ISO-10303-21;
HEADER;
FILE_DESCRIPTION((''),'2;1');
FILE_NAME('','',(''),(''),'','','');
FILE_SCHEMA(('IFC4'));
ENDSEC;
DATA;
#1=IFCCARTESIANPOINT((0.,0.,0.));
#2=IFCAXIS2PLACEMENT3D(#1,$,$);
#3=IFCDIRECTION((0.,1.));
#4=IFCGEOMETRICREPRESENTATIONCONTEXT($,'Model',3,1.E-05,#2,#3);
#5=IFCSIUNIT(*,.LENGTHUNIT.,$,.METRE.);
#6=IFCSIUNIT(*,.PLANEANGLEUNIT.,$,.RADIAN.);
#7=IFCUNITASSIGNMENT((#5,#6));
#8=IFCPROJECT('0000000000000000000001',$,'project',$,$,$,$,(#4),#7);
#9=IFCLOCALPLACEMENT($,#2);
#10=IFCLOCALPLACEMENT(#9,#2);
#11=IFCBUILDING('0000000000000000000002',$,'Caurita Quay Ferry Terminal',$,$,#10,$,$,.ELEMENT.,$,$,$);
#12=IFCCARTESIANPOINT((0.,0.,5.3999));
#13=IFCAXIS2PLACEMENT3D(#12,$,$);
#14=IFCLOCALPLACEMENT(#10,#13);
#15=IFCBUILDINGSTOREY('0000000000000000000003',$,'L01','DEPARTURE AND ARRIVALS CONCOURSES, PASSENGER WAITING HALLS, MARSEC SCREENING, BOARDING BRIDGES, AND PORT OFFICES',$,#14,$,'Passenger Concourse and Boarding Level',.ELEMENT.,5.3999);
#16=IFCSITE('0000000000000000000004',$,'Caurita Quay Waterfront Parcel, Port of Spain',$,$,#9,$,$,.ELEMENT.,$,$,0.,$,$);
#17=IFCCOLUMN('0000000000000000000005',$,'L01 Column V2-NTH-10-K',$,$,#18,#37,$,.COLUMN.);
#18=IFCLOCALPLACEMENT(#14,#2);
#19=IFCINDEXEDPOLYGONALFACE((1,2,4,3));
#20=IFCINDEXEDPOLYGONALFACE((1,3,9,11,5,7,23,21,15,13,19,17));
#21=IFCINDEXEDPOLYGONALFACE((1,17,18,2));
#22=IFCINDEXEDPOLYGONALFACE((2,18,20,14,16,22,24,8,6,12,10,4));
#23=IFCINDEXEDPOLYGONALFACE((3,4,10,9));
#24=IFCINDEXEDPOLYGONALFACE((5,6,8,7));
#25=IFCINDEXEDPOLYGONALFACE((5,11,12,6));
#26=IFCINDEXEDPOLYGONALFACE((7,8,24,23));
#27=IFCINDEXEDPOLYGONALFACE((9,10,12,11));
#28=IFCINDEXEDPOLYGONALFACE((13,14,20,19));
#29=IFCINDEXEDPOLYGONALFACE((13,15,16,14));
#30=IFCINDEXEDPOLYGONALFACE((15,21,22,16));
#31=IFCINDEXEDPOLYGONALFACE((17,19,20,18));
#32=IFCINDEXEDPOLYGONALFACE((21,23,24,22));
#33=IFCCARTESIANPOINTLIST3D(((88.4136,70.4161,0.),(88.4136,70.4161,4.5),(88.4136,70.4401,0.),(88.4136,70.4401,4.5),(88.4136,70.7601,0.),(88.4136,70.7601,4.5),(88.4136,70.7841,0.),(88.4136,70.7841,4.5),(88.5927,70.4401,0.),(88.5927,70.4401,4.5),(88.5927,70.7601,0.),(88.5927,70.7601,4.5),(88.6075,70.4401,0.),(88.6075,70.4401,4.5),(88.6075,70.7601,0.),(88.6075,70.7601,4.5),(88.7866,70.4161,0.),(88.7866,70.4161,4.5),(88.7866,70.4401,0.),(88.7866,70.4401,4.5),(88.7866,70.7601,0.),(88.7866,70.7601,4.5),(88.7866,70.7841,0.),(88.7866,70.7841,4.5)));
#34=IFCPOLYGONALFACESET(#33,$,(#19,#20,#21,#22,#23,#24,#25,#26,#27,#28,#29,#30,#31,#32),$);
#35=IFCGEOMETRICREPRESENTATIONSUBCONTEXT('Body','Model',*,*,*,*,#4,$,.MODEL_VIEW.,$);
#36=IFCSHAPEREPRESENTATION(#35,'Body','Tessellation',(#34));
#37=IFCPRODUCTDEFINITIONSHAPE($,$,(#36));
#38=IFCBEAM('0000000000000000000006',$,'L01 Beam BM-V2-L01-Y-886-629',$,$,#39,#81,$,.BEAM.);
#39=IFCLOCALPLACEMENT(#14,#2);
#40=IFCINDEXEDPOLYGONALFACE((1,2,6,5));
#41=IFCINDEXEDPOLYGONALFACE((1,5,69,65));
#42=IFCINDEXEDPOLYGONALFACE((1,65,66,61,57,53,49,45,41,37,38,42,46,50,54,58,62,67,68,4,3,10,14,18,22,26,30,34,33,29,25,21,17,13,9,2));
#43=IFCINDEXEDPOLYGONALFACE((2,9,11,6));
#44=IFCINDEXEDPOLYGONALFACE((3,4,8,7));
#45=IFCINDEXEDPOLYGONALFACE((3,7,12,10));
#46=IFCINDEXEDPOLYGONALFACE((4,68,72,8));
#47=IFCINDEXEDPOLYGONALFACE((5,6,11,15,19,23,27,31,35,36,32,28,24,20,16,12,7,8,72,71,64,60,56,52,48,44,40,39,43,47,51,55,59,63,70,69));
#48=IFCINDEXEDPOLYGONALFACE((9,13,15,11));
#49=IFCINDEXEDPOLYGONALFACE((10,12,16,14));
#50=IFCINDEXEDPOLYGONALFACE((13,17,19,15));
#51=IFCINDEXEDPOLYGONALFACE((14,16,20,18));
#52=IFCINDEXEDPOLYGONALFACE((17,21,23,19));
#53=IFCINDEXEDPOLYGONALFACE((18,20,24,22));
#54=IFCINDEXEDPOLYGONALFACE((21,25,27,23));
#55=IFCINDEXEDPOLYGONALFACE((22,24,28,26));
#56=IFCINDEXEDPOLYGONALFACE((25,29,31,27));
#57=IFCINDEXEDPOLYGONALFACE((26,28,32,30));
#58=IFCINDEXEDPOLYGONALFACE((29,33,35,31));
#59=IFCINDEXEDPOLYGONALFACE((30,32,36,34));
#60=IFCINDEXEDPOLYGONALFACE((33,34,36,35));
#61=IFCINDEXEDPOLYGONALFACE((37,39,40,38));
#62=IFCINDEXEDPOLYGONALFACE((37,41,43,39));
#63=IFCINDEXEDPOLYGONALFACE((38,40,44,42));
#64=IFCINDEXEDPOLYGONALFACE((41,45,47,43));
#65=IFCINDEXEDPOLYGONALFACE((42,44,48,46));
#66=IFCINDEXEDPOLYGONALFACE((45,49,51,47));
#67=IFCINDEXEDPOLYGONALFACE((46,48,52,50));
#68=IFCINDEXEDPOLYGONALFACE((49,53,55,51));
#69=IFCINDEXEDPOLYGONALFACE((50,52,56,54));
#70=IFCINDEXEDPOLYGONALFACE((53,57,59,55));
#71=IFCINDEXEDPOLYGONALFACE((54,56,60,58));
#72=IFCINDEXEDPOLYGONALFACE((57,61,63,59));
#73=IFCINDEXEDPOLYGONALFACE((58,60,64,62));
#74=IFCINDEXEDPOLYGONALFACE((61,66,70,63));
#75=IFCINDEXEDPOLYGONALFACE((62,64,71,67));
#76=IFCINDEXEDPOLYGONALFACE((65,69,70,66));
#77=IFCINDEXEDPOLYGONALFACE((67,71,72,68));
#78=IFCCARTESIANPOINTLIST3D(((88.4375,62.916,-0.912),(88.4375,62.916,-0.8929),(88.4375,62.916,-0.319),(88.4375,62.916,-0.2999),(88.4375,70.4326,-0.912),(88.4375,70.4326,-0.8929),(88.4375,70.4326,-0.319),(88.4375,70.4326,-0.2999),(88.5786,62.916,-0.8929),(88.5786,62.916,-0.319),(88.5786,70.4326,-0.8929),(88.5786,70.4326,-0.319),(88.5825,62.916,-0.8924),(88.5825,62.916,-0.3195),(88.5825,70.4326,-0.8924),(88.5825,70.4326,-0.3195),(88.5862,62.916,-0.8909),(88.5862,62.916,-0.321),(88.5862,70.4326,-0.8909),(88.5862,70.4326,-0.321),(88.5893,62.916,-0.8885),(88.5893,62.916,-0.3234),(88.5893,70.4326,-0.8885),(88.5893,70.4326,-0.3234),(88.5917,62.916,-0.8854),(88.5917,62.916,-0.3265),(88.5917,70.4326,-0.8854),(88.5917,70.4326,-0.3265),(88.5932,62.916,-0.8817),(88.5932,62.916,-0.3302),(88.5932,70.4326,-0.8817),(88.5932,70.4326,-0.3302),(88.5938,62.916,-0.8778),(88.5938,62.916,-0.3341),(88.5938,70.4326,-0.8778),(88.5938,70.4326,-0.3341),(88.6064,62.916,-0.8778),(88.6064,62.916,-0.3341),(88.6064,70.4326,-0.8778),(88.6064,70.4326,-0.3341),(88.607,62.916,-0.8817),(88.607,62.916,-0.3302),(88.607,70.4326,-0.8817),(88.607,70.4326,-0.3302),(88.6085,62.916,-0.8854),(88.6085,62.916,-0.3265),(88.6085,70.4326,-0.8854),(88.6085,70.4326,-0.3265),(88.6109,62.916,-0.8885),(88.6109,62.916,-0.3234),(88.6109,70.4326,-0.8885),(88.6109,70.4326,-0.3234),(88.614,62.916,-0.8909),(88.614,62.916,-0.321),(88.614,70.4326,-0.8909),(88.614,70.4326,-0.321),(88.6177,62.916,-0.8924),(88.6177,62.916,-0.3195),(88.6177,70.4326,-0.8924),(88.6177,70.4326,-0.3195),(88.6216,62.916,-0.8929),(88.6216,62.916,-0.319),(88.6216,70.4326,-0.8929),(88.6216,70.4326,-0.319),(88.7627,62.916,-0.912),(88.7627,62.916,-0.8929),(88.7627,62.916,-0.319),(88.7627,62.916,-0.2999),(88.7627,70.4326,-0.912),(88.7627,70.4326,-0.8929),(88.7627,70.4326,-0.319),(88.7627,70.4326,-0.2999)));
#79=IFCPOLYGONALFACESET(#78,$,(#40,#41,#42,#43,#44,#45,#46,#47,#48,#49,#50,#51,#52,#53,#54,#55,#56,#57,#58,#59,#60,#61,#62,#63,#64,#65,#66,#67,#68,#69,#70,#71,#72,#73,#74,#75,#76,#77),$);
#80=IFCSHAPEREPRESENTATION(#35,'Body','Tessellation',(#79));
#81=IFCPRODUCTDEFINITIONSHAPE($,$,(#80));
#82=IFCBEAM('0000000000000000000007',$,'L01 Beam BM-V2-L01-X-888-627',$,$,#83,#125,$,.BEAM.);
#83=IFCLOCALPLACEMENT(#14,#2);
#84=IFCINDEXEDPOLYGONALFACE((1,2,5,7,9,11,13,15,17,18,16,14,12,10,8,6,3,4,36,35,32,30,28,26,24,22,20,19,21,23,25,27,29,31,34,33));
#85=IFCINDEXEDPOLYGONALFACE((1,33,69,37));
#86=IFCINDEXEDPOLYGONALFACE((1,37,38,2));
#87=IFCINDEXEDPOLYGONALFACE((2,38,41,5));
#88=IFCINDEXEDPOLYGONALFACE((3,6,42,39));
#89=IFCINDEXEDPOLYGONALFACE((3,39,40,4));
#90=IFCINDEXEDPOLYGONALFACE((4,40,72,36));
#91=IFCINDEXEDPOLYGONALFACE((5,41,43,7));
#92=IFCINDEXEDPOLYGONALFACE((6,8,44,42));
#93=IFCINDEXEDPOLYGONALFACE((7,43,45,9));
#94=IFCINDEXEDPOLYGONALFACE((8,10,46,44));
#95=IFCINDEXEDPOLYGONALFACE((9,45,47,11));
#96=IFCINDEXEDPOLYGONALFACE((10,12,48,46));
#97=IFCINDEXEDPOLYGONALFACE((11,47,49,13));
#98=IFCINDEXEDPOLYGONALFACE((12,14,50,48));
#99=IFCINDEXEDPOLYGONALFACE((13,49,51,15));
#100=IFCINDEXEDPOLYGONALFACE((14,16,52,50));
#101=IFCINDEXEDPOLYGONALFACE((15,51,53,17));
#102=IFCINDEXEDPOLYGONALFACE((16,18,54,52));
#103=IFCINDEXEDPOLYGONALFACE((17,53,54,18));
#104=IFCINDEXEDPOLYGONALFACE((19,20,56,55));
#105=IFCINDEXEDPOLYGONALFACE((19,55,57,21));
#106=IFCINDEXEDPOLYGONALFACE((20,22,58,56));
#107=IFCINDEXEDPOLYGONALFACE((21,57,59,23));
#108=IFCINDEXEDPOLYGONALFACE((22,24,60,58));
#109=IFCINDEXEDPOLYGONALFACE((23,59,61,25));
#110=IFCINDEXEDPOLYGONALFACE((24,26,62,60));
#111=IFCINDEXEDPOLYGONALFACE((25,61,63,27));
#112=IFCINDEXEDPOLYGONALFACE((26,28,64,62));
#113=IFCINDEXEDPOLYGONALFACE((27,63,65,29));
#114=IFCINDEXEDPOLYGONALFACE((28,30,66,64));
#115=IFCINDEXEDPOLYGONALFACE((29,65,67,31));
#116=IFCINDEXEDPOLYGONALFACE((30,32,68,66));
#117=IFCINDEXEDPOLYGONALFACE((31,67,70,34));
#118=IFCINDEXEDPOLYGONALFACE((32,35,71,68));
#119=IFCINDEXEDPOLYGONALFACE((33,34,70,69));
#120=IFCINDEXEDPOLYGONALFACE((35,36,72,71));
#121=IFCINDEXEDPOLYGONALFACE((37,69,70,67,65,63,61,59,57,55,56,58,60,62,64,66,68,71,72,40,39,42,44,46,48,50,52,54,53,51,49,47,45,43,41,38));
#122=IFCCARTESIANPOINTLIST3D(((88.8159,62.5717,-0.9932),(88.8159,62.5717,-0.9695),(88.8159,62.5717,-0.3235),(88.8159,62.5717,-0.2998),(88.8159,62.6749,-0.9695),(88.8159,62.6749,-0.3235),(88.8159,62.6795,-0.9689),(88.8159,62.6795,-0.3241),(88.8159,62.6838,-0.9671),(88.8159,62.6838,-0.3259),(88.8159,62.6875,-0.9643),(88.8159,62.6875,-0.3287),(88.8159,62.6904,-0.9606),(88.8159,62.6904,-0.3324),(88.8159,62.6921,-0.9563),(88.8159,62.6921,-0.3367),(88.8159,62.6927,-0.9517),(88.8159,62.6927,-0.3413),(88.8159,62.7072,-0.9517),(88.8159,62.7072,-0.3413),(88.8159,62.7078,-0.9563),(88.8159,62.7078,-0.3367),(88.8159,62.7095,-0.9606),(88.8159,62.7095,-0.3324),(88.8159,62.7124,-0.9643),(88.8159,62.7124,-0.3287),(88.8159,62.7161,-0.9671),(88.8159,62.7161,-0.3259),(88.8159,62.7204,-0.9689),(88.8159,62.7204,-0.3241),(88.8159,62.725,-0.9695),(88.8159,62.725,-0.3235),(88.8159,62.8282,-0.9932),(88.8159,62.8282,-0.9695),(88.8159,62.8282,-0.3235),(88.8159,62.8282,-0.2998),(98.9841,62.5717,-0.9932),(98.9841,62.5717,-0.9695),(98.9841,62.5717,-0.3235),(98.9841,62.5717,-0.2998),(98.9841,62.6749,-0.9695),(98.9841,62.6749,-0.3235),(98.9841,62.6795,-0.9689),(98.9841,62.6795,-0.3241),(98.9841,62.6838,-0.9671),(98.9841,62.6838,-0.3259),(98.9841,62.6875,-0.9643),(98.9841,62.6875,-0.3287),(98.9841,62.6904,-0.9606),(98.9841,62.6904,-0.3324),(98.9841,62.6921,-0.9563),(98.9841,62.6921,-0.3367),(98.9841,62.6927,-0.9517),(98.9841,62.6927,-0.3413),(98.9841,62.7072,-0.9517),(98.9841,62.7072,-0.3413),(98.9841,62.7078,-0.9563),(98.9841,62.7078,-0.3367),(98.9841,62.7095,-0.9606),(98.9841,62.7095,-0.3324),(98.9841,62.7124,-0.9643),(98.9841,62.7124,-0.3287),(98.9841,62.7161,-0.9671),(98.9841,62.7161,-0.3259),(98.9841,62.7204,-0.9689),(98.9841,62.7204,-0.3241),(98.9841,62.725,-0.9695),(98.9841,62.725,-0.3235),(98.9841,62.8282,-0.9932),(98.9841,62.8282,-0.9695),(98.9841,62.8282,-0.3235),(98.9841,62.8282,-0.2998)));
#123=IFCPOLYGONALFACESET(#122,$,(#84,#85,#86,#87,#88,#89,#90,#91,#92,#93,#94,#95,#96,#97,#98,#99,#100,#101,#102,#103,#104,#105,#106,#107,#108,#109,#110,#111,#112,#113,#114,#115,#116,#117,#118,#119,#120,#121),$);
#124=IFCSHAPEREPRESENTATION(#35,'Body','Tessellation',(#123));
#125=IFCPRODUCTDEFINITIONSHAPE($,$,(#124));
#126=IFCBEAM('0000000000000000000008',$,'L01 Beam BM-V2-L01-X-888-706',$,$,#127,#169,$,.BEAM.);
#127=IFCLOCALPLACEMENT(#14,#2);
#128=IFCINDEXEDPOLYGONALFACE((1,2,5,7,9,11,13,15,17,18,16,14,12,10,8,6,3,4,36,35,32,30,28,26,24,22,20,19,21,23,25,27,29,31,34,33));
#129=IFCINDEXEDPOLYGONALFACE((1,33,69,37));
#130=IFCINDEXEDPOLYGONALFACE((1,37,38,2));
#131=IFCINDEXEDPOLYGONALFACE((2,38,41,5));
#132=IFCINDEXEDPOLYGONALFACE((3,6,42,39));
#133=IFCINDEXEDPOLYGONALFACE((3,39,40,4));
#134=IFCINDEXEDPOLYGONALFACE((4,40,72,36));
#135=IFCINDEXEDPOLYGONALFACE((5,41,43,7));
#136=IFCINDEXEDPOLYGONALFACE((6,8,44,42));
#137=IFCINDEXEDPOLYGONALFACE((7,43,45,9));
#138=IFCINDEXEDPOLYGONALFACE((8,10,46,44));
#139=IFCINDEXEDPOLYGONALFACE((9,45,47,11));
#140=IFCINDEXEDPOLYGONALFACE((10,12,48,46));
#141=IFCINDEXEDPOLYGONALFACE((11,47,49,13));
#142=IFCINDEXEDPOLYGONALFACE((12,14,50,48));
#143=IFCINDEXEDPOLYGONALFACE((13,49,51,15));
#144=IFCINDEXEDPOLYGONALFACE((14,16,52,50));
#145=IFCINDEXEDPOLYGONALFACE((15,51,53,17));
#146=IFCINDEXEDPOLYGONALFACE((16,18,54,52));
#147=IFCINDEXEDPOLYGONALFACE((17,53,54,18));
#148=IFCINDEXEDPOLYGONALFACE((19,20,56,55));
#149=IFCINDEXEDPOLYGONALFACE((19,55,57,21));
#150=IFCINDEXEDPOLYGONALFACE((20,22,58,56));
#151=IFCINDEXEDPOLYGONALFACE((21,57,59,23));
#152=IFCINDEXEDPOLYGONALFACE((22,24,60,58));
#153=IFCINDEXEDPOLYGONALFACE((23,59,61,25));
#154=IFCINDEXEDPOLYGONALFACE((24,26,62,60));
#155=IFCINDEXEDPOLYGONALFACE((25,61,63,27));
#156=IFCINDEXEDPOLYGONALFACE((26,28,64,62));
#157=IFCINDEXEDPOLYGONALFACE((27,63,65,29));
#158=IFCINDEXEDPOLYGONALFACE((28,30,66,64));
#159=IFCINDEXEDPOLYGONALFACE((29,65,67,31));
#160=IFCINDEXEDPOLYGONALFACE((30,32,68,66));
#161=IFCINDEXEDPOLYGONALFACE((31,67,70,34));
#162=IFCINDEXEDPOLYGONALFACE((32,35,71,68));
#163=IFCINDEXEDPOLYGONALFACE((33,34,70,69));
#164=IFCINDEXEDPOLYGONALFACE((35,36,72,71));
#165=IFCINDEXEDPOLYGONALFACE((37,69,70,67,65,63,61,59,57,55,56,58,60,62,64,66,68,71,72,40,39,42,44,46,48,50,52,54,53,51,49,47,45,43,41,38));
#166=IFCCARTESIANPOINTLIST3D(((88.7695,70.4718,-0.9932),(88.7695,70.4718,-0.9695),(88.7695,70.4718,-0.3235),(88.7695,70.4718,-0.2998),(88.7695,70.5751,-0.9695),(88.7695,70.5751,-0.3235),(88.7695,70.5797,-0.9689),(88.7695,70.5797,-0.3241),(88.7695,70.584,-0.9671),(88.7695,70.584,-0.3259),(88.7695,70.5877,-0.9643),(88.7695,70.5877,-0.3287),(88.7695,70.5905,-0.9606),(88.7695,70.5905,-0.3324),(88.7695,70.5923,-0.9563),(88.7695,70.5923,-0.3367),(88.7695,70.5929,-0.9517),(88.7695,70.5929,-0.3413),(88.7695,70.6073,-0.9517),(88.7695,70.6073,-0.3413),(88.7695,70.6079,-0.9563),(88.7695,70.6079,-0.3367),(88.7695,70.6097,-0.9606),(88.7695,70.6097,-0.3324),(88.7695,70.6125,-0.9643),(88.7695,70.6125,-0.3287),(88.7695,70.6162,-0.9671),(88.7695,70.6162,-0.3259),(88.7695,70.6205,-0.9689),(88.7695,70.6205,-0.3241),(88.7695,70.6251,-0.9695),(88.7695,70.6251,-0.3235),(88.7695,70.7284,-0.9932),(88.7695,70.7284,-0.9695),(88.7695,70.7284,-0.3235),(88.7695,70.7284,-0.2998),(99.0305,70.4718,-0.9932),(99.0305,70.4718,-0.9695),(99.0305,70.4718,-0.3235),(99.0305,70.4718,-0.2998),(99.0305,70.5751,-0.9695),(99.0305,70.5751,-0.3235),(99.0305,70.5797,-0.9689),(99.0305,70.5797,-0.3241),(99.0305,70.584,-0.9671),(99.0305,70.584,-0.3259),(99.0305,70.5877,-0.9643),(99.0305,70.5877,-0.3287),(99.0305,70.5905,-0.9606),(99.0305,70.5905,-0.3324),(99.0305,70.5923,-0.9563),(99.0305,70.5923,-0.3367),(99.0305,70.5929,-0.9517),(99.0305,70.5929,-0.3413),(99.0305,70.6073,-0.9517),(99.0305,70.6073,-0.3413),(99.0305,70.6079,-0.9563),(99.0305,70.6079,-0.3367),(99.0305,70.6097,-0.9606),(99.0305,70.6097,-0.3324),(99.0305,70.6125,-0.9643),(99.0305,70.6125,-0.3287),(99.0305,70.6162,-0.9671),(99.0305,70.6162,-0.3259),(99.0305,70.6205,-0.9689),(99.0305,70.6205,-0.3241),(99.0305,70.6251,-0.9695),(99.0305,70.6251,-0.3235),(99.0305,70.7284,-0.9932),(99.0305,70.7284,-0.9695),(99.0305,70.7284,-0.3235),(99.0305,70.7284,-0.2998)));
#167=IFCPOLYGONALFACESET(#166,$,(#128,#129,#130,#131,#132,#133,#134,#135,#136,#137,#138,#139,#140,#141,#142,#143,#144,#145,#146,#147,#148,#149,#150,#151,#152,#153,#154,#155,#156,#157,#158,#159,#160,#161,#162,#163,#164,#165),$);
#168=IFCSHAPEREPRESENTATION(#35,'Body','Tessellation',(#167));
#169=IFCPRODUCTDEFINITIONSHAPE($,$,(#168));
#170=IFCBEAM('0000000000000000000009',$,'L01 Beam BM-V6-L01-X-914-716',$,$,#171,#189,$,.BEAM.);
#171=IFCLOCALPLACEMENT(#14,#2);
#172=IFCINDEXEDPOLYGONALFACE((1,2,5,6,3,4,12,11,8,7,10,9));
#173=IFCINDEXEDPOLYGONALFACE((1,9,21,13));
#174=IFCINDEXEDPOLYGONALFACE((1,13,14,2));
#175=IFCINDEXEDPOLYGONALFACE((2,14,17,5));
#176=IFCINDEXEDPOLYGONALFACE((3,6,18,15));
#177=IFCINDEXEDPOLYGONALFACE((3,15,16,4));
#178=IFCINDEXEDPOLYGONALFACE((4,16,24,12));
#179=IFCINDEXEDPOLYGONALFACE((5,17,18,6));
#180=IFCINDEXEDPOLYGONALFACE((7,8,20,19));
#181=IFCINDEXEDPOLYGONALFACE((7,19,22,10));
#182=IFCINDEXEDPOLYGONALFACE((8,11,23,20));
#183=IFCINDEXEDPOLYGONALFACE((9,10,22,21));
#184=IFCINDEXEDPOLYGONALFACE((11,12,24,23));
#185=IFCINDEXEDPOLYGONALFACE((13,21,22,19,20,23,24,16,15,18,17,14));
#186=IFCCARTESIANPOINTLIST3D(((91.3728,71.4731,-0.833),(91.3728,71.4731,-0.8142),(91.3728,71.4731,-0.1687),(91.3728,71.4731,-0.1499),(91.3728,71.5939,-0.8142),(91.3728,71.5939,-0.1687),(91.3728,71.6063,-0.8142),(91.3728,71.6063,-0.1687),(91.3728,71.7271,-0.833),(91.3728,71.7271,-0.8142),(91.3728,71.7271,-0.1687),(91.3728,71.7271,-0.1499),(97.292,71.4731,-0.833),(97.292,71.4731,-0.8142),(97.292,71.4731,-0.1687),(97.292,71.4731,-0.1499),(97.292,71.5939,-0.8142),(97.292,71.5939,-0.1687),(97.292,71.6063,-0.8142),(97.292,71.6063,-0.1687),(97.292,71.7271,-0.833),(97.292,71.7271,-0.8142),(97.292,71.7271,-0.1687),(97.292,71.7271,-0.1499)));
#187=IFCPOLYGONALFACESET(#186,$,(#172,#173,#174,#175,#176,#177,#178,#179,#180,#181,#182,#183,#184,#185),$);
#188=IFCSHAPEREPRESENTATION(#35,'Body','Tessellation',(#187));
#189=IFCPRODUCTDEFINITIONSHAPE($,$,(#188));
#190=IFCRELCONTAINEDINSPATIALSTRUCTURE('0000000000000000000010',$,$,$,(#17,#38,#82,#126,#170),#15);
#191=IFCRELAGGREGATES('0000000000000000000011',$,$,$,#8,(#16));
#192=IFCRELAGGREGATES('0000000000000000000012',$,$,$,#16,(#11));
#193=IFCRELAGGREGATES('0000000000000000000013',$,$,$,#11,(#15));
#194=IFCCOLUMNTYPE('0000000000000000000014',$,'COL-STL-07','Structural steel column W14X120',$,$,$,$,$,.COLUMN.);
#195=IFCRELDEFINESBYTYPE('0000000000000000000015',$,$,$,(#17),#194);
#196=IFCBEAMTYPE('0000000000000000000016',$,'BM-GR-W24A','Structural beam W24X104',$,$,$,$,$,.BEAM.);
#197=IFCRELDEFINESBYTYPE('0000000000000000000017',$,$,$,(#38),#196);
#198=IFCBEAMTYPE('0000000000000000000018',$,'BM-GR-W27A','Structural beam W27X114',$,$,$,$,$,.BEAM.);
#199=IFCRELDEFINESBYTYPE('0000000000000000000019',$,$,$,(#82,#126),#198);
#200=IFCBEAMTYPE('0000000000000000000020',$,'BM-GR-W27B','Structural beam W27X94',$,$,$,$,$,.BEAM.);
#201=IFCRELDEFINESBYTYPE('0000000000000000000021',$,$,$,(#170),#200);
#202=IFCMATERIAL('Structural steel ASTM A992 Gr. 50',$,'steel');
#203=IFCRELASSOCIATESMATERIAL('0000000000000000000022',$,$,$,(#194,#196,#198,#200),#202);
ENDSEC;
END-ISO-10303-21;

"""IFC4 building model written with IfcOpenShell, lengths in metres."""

from ifc_helpers import new_model, si_unit, direction, frame, origin, origin_2d, place, context, subcontext, project, spatial, i_section, extrude, material, material_profile, profile_set, type_object, element, save


model = new_model("IFC4")

# Units and contexts
model_context = context("Model", 3, precision=1e-05, world=origin(), true_north=direction((0.0, 1.0)))
body_context = subcontext(model_context, "Body", "Model", "MODEL_VIEW")
ifc_project = project(units=[si_unit("LENGTHUNIT", "METRE"), si_unit("PLANEANGLEUNIT", "RADIAN")], contexts=[model_context])

# Site, building, storey
site_placement = place(None, origin())
site = spatial("IfcSite", under=ifc_project, at=site_placement, Name="Caurita Quay Waterfront Parcel, Port of Spain", CompositionType="ELEMENT", RefElevation=0.0)
building_placement = place(site_placement, origin())
building = spatial("IfcBuilding", under=site, at=building_placement, Name="Caurita Quay Ferry Terminal", CompositionType="ELEMENT")
storey_placement = place(building_placement, frame((0.0, 0.0, 5.3999)))
storey = spatial("IfcBuildingStorey", under=building, at=storey_placement, Name="L01", Description="DEPARTURE AND ARRIVALS CONCOURSES, PASSENGER WAITING HALLS, MARSEC SCREENING, BOARDING BRIDGES, AND PORT OFFICES", LongName="Passenger Concourse and Boarding Level", CompositionType="ELEMENT", Elevation=5.3999)

# Column
ifc_material_1 = material(Name="Structural steel ASTM A992 Gr. 50", Category="steel")
ifc_material_profile_1 = material_profile(ifc_material_1, i_section(OverallWidth=0.373, OverallDepth=0.3679, WebThickness=0.0149, FlangeThickness=0.0239, at=origin_2d()), Name="W14X120")
ifc_profile_set_1 = profile_set([ifc_material_profile_1], Name="Structural steel ASTM A992 Gr. 50")
column_type = type_object("IfcColumnType", Name="COL-STL-07", Description="Structural steel column W14X120", PredefinedType="COLUMN", material=ifc_profile_set_1)
column_placement = place(storey_placement, frame((88.6001, 70.6001, 0.0), z_axis=(0.0, 0.0, 1.0), x_axis=(1.0, 0.0, 0.0)))
element("IfcColumn", 1, at=column_placement, inside=storey, type_object=column_type, Name="L01 Column V2-NTH-10-K", PredefinedType="COLUMN", context=body_context, shape_type="SweptSolid", body=[
    extrude(i_section(OverallWidth=0.373, OverallDepth=0.3679, WebThickness=0.0149, FlangeThickness=0.0239, at=origin_2d()), origin(), (0.0, 0.0, 1.0), 4.5),
])

# Beams
ifc_material_profile_2 = material_profile(ifc_material_1, i_section(OverallWidth=0.3252, OverallDepth=0.6121, WebThickness=0.0127, FlangeThickness=0.019, FilletRadius=0.0151, at=origin_2d()), Name="W24X104")
ifc_profile_set_2 = profile_set([ifc_material_profile_2], Name="Structural steel ASTM A992 Gr. 50")
beam_type_1 = type_object("IfcBeamType", Name="BM-GR-W24A", Description="Structural beam W24X104", PredefinedType="BEAM", material=ifc_profile_set_2)
beam_1_placement = place(storey_placement, frame((88.6001, 62.916, -0.606), z_axis=(0.0, 1.0, 0.0), x_axis=(-1.0, 0.0, 0.0)))
element("IfcBeam", 2, at=beam_1_placement, inside=storey, type_object=beam_type_1, Name="L01 Beam BM-V2-L01-Y-886-629", PredefinedType="BEAM", context=body_context, shape_type="SweptSolid", body=[
    extrude(i_section(OverallWidth=0.3252, OverallDepth=0.6121, WebThickness=0.0127, FlangeThickness=0.019, FilletRadius=0.0151, at=origin_2d()), origin(), (0.0, 0.0, 1.0), 7.5166),
])
ifc_material_profile_3 = material_profile(ifc_material_1, i_section(OverallWidth=0.2566, OverallDepth=0.6934, WebThickness=0.0144, FlangeThickness=0.0237, FilletRadius=0.0178, at=origin_2d()), Name="W27X114")
ifc_profile_set_3 = profile_set([ifc_material_profile_3], Name="Structural steel ASTM A992 Gr. 50")
beam_type_2 = type_object("IfcBeamType", Name="BM-GR-W27A", Description="Structural beam W27X114", PredefinedType="BEAM", material=ifc_profile_set_3)
beam_2_placement = place(storey_placement, frame((88.8159, 62.7, -0.6465), z_axis=(1.0, 0.0, 0.0), x_axis=(0.0, 1.0, 0.0)))
element("IfcBeam", 3, at=beam_2_placement, inside=storey, type_object=beam_type_2, Name="L01 Beam BM-V2-L01-X-888-627", PredefinedType="BEAM", context=body_context, shape_type="SweptSolid", body=[
    extrude(i_section(OverallWidth=0.2566, OverallDepth=0.6934, WebThickness=0.0144, FlangeThickness=0.0237, FilletRadius=0.0178, at=origin_2d()), origin(), (0.0, 0.0, 1.0), 10.1682),
])
beam_3_placement = place(storey_placement, frame((88.7695, 70.6001, -0.6465), z_axis=(1.0, 0.0, 0.0), x_axis=(0.0, 1.0, 0.0)))
element("IfcBeam", 4, at=beam_3_placement, inside=storey, type_object=beam_type_2, Name="L01 Beam BM-V2-L01-X-888-706", PredefinedType="BEAM", context=body_context, shape_type="SweptSolid", body=[
    extrude(i_section(OverallWidth=0.2566, OverallDepth=0.6934, WebThickness=0.0144, FlangeThickness=0.0237, FilletRadius=0.0178, at=origin_2d()), origin(), (0.0, 0.0, 1.0), 10.261),
])
ifc_material_profile_4 = material_profile(ifc_material_1, i_section(OverallWidth=0.2539, OverallDepth=0.6831, WebThickness=0.0125, FlangeThickness=0.0188, at=origin_2d()), Name="W27X94")
ifc_profile_set_4 = profile_set([ifc_material_profile_4], Name="Structural steel ASTM A992 Gr. 50")
beam_type_3 = type_object("IfcBeamType", Name="BM-GR-W27B", Description="Structural beam W27X94", PredefinedType="BEAM", material=ifc_profile_set_4)
beam_4_placement = place(storey_placement, frame((91.3728, 71.6001, -0.4915), z_axis=(1.0, 0.0, 0.0), x_axis=(0.0, 1.0, 0.0)))
element("IfcBeam", 5, at=beam_4_placement, inside=storey, type_object=beam_type_3, Name="L01 Beam BM-V6-L01-X-914-716", PredefinedType="BEAM", context=body_context, shape_type="SweptSolid", body=[
    extrude(i_section(OverallWidth=0.2539, OverallDepth=0.6831, WebThickness=0.0125, FlangeThickness=0.0188, at=origin_2d()), origin(), (0.0, 0.0, 1.0), 5.9192),
])

save(model, "model.ifc")
